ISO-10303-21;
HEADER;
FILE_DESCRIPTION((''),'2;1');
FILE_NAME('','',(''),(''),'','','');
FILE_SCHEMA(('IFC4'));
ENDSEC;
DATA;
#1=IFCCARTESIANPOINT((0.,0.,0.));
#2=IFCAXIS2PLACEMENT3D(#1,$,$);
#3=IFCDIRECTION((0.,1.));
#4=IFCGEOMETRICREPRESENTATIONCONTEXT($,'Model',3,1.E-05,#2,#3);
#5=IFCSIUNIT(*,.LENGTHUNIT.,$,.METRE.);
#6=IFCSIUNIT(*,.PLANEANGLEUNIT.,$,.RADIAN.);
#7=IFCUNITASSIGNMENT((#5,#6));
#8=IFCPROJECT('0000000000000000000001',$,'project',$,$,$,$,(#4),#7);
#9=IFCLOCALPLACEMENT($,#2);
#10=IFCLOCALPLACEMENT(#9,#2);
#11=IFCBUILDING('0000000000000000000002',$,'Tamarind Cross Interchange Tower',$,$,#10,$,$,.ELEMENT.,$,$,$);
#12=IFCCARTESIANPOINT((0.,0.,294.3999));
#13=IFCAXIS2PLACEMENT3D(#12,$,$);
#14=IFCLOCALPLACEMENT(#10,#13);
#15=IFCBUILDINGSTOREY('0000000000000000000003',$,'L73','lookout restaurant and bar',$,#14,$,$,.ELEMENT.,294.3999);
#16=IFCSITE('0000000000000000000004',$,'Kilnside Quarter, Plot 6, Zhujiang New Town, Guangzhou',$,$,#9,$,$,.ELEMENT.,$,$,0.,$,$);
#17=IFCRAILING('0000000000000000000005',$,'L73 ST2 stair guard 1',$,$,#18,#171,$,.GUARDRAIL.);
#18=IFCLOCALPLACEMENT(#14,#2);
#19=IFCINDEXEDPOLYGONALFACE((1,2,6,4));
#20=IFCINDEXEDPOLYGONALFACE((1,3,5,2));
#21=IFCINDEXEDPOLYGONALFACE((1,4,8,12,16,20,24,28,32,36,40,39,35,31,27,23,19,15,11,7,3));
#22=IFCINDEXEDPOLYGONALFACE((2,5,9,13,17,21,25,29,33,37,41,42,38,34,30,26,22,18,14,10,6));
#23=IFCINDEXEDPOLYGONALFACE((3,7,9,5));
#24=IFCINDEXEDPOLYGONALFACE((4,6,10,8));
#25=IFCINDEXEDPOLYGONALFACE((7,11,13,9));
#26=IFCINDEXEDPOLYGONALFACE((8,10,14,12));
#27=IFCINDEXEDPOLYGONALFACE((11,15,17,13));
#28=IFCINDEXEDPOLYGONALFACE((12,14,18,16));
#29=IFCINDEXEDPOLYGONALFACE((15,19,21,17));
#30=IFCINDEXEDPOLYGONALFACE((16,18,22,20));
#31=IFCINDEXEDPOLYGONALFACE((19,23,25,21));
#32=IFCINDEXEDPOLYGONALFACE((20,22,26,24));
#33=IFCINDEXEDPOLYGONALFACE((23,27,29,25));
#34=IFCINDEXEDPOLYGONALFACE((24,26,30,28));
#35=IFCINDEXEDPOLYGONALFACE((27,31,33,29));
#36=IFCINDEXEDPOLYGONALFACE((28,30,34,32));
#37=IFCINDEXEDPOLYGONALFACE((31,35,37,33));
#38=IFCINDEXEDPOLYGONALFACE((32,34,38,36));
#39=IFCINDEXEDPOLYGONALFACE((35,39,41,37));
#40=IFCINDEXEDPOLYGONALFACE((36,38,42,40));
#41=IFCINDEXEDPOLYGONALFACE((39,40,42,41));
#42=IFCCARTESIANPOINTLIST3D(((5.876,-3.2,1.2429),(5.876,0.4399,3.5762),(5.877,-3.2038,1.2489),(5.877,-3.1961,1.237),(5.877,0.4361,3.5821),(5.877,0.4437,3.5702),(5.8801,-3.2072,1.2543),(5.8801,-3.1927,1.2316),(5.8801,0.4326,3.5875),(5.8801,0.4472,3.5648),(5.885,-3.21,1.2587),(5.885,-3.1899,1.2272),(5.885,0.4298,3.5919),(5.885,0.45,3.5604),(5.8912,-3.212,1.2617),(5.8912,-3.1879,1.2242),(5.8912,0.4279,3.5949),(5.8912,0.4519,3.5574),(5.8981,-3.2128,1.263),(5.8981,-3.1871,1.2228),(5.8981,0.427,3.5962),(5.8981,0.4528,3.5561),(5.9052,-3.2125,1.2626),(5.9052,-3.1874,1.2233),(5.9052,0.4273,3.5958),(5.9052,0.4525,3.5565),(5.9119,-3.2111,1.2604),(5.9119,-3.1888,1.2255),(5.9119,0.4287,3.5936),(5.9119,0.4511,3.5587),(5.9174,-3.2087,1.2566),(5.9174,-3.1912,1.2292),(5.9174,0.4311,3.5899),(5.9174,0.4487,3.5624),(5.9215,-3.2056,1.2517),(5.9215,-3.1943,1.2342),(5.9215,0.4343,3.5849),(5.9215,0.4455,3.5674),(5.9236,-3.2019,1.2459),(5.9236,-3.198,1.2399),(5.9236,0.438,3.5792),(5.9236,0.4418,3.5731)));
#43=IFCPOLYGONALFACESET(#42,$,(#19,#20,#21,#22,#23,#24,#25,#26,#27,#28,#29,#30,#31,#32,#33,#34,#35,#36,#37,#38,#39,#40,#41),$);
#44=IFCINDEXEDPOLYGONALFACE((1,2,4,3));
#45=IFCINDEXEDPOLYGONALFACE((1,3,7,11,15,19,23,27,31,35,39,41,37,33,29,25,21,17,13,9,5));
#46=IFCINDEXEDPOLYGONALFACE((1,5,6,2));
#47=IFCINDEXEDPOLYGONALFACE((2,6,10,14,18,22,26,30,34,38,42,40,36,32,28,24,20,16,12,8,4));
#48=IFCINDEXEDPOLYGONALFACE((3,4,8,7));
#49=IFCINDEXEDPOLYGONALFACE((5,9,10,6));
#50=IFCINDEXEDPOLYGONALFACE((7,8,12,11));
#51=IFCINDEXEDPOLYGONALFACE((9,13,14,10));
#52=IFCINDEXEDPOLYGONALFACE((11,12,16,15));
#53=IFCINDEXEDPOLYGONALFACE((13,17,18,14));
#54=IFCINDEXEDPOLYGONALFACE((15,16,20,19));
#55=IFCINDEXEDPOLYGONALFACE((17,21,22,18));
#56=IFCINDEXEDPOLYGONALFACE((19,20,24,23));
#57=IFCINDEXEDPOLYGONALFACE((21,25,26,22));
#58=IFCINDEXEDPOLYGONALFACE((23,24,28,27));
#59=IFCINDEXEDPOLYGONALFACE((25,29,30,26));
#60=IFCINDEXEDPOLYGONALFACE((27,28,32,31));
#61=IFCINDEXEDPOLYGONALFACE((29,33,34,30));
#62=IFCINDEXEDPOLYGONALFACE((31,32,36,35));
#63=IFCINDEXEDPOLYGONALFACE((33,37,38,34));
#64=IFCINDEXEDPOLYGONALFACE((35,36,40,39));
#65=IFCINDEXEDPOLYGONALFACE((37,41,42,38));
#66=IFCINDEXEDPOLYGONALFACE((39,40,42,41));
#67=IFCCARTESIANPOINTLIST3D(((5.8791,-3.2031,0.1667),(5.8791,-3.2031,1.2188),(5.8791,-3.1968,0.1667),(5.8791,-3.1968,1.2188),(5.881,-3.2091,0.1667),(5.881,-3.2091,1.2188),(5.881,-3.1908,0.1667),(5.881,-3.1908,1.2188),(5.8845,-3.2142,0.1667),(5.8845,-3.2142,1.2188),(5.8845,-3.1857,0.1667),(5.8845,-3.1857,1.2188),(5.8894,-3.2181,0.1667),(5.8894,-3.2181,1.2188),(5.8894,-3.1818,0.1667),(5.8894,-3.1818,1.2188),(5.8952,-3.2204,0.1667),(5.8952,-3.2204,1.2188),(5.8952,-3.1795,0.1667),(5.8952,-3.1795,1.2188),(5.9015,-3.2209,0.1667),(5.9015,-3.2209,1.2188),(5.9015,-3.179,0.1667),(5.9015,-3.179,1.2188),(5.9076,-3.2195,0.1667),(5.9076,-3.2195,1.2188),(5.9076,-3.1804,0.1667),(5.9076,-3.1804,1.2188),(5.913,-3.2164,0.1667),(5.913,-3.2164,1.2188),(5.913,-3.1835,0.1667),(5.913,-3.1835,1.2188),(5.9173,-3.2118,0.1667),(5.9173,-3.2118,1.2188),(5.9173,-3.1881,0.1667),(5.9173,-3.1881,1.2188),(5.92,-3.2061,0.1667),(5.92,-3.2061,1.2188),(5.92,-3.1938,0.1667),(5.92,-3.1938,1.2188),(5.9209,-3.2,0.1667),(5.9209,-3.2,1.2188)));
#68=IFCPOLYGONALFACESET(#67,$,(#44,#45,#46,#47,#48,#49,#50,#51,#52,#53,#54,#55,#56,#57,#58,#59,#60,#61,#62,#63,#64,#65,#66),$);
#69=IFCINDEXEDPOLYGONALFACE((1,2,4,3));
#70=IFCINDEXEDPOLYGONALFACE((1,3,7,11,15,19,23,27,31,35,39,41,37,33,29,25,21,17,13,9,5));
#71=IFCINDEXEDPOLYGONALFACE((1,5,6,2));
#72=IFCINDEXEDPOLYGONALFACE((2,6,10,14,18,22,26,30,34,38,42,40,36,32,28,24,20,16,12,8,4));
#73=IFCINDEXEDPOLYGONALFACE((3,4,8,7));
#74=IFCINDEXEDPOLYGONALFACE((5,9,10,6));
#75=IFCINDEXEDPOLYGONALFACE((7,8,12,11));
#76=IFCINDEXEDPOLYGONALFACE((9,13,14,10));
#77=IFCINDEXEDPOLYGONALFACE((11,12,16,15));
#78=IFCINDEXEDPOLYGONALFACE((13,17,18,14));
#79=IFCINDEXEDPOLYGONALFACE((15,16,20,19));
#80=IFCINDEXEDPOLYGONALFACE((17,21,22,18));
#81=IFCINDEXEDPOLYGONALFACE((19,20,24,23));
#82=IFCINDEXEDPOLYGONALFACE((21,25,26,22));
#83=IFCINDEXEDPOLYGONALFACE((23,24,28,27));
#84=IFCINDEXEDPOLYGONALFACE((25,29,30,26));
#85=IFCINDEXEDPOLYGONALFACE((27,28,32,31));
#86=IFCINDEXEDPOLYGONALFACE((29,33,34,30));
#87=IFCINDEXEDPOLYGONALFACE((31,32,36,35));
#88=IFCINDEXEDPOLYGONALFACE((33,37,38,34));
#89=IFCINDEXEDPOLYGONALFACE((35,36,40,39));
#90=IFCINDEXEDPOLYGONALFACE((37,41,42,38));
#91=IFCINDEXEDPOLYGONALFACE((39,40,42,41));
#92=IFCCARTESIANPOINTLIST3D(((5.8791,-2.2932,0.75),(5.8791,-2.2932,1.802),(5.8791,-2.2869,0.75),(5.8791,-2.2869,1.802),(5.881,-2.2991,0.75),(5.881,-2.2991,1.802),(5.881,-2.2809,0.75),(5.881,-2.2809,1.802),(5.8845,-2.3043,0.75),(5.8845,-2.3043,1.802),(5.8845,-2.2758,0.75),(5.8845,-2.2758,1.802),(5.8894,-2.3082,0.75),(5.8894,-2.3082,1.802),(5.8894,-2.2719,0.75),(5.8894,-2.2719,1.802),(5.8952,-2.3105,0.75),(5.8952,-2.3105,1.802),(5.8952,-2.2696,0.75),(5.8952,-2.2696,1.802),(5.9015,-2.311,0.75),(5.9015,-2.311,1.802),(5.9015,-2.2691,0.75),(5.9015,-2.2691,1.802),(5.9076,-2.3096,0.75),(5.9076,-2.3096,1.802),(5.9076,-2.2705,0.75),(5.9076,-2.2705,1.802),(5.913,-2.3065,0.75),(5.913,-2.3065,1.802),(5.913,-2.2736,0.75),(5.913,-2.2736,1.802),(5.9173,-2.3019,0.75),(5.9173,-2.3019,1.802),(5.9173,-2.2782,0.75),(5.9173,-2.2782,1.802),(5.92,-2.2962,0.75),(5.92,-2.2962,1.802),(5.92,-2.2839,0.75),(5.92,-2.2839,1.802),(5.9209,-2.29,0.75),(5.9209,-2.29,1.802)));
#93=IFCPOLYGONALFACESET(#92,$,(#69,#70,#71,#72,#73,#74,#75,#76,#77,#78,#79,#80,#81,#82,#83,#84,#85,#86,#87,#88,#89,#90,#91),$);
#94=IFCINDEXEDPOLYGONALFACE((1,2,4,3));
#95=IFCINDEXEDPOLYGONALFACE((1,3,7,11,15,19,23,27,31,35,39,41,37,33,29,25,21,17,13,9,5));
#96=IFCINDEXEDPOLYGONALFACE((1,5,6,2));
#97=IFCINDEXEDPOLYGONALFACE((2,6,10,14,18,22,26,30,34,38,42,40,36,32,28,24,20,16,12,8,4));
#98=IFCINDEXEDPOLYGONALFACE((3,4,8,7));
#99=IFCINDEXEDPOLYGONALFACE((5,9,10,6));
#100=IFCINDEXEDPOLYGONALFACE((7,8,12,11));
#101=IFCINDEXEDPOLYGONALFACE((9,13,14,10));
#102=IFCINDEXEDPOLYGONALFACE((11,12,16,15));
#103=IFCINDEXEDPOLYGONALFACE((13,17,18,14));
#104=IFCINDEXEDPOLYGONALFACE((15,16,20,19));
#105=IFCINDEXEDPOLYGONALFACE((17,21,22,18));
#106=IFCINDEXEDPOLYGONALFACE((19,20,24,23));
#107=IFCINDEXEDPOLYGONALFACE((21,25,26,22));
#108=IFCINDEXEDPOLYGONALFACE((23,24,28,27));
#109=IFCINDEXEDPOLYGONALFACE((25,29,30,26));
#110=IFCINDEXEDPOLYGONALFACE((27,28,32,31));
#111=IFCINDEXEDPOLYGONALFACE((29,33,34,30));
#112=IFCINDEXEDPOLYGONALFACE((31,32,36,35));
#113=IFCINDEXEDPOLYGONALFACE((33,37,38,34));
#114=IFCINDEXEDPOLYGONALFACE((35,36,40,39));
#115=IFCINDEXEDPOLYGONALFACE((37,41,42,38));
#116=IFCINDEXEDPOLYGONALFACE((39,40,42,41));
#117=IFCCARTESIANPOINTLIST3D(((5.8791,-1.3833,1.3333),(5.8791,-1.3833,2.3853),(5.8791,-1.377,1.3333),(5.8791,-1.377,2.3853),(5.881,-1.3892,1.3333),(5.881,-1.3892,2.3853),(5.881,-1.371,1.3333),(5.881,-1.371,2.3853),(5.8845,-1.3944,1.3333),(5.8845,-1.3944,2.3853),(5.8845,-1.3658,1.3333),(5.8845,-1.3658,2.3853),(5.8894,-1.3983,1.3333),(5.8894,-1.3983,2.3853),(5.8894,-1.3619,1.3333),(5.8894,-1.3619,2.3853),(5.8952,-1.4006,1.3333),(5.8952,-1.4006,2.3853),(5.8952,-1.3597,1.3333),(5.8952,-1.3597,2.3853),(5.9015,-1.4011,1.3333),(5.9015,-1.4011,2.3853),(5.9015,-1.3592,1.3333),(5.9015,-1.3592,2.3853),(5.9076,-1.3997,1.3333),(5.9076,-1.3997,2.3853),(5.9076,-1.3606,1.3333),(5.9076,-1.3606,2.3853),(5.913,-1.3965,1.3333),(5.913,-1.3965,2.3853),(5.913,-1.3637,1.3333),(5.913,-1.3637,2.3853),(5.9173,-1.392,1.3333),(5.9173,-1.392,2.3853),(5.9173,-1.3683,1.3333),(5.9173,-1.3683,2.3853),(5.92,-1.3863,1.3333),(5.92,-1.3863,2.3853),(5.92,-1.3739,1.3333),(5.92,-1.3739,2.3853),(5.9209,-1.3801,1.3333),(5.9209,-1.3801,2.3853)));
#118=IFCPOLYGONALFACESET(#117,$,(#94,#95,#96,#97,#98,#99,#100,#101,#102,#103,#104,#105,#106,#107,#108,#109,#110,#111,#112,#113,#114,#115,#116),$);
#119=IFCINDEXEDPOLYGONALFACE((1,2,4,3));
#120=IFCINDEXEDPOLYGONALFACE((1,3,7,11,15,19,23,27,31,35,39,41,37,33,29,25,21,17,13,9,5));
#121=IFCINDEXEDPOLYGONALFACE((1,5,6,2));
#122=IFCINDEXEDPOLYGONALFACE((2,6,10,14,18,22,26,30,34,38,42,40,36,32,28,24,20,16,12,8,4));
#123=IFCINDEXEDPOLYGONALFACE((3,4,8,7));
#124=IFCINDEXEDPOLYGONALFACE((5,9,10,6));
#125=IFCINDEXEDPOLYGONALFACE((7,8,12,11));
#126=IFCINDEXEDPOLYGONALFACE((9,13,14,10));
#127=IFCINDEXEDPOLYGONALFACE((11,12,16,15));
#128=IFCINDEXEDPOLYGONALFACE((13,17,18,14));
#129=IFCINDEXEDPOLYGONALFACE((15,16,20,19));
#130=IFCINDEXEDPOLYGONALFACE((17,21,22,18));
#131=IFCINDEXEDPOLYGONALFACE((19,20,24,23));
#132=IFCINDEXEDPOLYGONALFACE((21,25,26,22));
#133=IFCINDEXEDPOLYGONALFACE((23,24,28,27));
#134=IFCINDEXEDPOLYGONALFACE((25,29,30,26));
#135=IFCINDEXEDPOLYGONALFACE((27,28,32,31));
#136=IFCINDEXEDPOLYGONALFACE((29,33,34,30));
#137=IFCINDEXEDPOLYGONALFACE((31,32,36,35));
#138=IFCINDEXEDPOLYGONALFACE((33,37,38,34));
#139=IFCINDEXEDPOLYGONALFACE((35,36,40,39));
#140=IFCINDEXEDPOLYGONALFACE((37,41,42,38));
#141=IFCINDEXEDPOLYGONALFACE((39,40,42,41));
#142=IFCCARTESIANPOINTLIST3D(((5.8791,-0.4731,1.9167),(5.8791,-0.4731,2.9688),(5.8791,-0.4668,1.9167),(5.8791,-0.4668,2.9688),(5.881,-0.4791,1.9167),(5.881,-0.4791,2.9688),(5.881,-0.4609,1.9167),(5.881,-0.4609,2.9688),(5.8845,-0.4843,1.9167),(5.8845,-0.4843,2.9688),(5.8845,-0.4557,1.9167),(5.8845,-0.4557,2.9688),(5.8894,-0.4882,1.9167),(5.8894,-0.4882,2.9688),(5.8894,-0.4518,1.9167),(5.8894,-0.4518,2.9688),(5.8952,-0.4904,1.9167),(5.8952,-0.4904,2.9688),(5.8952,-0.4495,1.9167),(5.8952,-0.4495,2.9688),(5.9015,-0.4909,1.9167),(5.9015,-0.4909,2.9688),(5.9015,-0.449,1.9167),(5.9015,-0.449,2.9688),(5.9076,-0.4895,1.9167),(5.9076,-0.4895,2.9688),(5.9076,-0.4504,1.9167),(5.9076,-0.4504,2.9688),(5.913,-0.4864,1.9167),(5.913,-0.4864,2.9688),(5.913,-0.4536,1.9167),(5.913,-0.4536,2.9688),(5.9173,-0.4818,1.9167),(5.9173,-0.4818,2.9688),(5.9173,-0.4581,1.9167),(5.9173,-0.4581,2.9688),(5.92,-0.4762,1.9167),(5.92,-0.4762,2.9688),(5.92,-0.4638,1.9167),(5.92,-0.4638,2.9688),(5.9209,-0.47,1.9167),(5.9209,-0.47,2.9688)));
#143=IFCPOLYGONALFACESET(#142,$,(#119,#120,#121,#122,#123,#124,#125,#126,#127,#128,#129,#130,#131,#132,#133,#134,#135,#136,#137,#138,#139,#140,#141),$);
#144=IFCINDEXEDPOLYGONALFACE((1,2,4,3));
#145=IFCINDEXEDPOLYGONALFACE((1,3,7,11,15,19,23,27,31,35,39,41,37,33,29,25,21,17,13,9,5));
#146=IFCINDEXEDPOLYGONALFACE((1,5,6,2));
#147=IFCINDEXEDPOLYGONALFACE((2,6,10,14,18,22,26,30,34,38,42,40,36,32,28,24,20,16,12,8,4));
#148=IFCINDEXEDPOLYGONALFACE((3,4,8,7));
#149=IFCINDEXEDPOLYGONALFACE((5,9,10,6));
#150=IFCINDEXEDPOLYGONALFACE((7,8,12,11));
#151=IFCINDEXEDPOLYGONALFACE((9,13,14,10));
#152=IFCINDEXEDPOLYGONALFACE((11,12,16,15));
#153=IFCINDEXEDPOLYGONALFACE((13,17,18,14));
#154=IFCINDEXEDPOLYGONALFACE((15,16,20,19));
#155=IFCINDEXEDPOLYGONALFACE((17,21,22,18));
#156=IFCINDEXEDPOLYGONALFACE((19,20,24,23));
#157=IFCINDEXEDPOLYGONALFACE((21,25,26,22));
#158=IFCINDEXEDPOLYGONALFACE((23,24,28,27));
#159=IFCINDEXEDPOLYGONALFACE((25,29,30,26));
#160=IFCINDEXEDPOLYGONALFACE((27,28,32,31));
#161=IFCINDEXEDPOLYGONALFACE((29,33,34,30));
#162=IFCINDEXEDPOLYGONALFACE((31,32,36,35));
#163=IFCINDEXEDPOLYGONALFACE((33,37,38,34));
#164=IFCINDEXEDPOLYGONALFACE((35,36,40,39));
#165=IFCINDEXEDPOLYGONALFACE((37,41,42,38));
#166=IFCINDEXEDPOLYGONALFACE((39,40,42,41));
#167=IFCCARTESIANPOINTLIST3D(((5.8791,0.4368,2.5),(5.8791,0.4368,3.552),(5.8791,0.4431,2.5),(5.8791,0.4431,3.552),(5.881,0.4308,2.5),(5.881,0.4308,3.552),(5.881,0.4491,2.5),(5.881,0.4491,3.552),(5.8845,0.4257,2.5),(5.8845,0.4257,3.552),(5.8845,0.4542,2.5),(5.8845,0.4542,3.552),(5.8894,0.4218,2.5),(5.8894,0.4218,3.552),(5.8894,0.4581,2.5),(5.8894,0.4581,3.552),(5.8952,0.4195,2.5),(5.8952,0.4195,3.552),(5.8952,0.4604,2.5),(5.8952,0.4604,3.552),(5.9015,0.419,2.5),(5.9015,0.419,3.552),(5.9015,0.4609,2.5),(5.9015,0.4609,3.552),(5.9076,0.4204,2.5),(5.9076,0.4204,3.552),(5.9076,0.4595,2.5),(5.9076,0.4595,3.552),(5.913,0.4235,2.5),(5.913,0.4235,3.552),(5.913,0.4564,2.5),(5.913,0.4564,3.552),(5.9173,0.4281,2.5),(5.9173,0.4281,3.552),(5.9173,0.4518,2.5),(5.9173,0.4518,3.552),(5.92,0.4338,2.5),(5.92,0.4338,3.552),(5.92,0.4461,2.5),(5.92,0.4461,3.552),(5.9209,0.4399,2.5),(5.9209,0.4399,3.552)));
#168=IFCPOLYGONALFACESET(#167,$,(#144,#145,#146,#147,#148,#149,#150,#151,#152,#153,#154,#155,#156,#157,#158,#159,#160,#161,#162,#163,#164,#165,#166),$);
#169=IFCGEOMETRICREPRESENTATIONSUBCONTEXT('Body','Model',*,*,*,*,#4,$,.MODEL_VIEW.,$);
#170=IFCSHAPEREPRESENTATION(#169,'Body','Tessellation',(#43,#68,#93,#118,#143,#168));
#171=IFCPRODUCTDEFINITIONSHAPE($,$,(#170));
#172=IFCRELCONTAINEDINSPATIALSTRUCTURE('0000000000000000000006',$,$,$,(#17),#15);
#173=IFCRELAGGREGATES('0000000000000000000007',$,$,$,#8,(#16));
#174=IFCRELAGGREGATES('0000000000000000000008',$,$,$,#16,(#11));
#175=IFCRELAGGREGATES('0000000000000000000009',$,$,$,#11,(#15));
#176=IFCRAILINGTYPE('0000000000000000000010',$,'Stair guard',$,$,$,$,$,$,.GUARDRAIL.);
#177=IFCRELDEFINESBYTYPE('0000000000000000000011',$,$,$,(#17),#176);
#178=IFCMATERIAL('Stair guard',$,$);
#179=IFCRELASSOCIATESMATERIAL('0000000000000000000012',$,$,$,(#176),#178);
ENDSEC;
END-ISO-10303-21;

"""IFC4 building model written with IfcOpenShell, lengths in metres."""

from ifc_helpers import new_model, si_unit, direction, frame, origin, origin_2d, place, context, subcontext, project, spatial, circle, extrude, material, type_object, element, save


model = new_model("IFC4")

# Units and contexts
model_context = context("Model", 3, precision=1e-05, world=origin(), true_north=direction((0.0, 1.0)))
body_context = subcontext(model_context, "Body", "Model", "MODEL_VIEW")
ifc_project = project(units=[si_unit("LENGTHUNIT", "METRE"), si_unit("PLANEANGLEUNIT", "RADIAN")], contexts=[model_context])

# Site, building, storey
site_placement = place(None, origin())
site = spatial("IfcSite", under=ifc_project, at=site_placement, Name="Kilnside Quarter, Plot 6, Zhujiang New Town, Guangzhou", CompositionType="ELEMENT", RefElevation=0.0)
building_placement = place(site_placement, origin())
building = spatial("IfcBuilding", under=site, at=building_placement, Name="Tamarind Cross Interchange Tower", CompositionType="ELEMENT")
storey_placement = place(building_placement, frame((0.0, 0.0, 294.3999)))
storey = spatial("IfcBuildingStorey", under=building, at=storey_placement, Name="L73", Description="lookout restaurant and bar", CompositionType="ELEMENT", Elevation=294.3999)

# Railing
ifc_material_1 = material(Name="Stair guard")
railing_type_1 = type_object("IfcRailingType", Name="Stair guard", PredefinedType="GUARDRAIL", material=ifc_material_1)
railing_1_placement = place(storey_placement, frame((5.8999, -3.2, 0.1667)))
element("IfcRailing", 1, at=railing_1_placement, inside=storey, type_object=railing_type_1, Name="L73 ST2 stair guard 1", PredefinedType="GUARDRAIL", context=body_context, shape_type="SweptSolid", body=[
    extrude(circle(Radius=0.0239, at=origin_2d()), frame((0.0, 0.0, 1.0762), z_axis=(0.0, 0.84188, 0.539664), x_axis=(-1.0, 0.0, 0.0)), (0.0, 0.0, 1.0), 4.3235),
    extrude(circle(Radius=0.021, at=origin_2d()), origin(), (0.0, 0.0, 1.0), 1.052),
    extrude(circle(Radius=0.021, at=origin_2d()), frame((0.0, 0.9099, 0.5833)), (0.0, 0.0, 1.0), 1.052),
    extrude(circle(Radius=0.021, at=origin_2d()), frame((0.0, 1.8198, 1.1665)), (0.0, 0.0, 1.0), 1.052),
    extrude(circle(Radius=0.021, at=origin_2d()), frame((0.0, 2.73, 1.75)), (0.0, 0.0, 1.0), 1.052),
    extrude(circle(Radius=0.021, at=origin_2d()), frame((0.0, 3.6399, 2.3333)), (0.0, 0.0, 1.0), 1.052),
])

save(model, "model.ifc")
